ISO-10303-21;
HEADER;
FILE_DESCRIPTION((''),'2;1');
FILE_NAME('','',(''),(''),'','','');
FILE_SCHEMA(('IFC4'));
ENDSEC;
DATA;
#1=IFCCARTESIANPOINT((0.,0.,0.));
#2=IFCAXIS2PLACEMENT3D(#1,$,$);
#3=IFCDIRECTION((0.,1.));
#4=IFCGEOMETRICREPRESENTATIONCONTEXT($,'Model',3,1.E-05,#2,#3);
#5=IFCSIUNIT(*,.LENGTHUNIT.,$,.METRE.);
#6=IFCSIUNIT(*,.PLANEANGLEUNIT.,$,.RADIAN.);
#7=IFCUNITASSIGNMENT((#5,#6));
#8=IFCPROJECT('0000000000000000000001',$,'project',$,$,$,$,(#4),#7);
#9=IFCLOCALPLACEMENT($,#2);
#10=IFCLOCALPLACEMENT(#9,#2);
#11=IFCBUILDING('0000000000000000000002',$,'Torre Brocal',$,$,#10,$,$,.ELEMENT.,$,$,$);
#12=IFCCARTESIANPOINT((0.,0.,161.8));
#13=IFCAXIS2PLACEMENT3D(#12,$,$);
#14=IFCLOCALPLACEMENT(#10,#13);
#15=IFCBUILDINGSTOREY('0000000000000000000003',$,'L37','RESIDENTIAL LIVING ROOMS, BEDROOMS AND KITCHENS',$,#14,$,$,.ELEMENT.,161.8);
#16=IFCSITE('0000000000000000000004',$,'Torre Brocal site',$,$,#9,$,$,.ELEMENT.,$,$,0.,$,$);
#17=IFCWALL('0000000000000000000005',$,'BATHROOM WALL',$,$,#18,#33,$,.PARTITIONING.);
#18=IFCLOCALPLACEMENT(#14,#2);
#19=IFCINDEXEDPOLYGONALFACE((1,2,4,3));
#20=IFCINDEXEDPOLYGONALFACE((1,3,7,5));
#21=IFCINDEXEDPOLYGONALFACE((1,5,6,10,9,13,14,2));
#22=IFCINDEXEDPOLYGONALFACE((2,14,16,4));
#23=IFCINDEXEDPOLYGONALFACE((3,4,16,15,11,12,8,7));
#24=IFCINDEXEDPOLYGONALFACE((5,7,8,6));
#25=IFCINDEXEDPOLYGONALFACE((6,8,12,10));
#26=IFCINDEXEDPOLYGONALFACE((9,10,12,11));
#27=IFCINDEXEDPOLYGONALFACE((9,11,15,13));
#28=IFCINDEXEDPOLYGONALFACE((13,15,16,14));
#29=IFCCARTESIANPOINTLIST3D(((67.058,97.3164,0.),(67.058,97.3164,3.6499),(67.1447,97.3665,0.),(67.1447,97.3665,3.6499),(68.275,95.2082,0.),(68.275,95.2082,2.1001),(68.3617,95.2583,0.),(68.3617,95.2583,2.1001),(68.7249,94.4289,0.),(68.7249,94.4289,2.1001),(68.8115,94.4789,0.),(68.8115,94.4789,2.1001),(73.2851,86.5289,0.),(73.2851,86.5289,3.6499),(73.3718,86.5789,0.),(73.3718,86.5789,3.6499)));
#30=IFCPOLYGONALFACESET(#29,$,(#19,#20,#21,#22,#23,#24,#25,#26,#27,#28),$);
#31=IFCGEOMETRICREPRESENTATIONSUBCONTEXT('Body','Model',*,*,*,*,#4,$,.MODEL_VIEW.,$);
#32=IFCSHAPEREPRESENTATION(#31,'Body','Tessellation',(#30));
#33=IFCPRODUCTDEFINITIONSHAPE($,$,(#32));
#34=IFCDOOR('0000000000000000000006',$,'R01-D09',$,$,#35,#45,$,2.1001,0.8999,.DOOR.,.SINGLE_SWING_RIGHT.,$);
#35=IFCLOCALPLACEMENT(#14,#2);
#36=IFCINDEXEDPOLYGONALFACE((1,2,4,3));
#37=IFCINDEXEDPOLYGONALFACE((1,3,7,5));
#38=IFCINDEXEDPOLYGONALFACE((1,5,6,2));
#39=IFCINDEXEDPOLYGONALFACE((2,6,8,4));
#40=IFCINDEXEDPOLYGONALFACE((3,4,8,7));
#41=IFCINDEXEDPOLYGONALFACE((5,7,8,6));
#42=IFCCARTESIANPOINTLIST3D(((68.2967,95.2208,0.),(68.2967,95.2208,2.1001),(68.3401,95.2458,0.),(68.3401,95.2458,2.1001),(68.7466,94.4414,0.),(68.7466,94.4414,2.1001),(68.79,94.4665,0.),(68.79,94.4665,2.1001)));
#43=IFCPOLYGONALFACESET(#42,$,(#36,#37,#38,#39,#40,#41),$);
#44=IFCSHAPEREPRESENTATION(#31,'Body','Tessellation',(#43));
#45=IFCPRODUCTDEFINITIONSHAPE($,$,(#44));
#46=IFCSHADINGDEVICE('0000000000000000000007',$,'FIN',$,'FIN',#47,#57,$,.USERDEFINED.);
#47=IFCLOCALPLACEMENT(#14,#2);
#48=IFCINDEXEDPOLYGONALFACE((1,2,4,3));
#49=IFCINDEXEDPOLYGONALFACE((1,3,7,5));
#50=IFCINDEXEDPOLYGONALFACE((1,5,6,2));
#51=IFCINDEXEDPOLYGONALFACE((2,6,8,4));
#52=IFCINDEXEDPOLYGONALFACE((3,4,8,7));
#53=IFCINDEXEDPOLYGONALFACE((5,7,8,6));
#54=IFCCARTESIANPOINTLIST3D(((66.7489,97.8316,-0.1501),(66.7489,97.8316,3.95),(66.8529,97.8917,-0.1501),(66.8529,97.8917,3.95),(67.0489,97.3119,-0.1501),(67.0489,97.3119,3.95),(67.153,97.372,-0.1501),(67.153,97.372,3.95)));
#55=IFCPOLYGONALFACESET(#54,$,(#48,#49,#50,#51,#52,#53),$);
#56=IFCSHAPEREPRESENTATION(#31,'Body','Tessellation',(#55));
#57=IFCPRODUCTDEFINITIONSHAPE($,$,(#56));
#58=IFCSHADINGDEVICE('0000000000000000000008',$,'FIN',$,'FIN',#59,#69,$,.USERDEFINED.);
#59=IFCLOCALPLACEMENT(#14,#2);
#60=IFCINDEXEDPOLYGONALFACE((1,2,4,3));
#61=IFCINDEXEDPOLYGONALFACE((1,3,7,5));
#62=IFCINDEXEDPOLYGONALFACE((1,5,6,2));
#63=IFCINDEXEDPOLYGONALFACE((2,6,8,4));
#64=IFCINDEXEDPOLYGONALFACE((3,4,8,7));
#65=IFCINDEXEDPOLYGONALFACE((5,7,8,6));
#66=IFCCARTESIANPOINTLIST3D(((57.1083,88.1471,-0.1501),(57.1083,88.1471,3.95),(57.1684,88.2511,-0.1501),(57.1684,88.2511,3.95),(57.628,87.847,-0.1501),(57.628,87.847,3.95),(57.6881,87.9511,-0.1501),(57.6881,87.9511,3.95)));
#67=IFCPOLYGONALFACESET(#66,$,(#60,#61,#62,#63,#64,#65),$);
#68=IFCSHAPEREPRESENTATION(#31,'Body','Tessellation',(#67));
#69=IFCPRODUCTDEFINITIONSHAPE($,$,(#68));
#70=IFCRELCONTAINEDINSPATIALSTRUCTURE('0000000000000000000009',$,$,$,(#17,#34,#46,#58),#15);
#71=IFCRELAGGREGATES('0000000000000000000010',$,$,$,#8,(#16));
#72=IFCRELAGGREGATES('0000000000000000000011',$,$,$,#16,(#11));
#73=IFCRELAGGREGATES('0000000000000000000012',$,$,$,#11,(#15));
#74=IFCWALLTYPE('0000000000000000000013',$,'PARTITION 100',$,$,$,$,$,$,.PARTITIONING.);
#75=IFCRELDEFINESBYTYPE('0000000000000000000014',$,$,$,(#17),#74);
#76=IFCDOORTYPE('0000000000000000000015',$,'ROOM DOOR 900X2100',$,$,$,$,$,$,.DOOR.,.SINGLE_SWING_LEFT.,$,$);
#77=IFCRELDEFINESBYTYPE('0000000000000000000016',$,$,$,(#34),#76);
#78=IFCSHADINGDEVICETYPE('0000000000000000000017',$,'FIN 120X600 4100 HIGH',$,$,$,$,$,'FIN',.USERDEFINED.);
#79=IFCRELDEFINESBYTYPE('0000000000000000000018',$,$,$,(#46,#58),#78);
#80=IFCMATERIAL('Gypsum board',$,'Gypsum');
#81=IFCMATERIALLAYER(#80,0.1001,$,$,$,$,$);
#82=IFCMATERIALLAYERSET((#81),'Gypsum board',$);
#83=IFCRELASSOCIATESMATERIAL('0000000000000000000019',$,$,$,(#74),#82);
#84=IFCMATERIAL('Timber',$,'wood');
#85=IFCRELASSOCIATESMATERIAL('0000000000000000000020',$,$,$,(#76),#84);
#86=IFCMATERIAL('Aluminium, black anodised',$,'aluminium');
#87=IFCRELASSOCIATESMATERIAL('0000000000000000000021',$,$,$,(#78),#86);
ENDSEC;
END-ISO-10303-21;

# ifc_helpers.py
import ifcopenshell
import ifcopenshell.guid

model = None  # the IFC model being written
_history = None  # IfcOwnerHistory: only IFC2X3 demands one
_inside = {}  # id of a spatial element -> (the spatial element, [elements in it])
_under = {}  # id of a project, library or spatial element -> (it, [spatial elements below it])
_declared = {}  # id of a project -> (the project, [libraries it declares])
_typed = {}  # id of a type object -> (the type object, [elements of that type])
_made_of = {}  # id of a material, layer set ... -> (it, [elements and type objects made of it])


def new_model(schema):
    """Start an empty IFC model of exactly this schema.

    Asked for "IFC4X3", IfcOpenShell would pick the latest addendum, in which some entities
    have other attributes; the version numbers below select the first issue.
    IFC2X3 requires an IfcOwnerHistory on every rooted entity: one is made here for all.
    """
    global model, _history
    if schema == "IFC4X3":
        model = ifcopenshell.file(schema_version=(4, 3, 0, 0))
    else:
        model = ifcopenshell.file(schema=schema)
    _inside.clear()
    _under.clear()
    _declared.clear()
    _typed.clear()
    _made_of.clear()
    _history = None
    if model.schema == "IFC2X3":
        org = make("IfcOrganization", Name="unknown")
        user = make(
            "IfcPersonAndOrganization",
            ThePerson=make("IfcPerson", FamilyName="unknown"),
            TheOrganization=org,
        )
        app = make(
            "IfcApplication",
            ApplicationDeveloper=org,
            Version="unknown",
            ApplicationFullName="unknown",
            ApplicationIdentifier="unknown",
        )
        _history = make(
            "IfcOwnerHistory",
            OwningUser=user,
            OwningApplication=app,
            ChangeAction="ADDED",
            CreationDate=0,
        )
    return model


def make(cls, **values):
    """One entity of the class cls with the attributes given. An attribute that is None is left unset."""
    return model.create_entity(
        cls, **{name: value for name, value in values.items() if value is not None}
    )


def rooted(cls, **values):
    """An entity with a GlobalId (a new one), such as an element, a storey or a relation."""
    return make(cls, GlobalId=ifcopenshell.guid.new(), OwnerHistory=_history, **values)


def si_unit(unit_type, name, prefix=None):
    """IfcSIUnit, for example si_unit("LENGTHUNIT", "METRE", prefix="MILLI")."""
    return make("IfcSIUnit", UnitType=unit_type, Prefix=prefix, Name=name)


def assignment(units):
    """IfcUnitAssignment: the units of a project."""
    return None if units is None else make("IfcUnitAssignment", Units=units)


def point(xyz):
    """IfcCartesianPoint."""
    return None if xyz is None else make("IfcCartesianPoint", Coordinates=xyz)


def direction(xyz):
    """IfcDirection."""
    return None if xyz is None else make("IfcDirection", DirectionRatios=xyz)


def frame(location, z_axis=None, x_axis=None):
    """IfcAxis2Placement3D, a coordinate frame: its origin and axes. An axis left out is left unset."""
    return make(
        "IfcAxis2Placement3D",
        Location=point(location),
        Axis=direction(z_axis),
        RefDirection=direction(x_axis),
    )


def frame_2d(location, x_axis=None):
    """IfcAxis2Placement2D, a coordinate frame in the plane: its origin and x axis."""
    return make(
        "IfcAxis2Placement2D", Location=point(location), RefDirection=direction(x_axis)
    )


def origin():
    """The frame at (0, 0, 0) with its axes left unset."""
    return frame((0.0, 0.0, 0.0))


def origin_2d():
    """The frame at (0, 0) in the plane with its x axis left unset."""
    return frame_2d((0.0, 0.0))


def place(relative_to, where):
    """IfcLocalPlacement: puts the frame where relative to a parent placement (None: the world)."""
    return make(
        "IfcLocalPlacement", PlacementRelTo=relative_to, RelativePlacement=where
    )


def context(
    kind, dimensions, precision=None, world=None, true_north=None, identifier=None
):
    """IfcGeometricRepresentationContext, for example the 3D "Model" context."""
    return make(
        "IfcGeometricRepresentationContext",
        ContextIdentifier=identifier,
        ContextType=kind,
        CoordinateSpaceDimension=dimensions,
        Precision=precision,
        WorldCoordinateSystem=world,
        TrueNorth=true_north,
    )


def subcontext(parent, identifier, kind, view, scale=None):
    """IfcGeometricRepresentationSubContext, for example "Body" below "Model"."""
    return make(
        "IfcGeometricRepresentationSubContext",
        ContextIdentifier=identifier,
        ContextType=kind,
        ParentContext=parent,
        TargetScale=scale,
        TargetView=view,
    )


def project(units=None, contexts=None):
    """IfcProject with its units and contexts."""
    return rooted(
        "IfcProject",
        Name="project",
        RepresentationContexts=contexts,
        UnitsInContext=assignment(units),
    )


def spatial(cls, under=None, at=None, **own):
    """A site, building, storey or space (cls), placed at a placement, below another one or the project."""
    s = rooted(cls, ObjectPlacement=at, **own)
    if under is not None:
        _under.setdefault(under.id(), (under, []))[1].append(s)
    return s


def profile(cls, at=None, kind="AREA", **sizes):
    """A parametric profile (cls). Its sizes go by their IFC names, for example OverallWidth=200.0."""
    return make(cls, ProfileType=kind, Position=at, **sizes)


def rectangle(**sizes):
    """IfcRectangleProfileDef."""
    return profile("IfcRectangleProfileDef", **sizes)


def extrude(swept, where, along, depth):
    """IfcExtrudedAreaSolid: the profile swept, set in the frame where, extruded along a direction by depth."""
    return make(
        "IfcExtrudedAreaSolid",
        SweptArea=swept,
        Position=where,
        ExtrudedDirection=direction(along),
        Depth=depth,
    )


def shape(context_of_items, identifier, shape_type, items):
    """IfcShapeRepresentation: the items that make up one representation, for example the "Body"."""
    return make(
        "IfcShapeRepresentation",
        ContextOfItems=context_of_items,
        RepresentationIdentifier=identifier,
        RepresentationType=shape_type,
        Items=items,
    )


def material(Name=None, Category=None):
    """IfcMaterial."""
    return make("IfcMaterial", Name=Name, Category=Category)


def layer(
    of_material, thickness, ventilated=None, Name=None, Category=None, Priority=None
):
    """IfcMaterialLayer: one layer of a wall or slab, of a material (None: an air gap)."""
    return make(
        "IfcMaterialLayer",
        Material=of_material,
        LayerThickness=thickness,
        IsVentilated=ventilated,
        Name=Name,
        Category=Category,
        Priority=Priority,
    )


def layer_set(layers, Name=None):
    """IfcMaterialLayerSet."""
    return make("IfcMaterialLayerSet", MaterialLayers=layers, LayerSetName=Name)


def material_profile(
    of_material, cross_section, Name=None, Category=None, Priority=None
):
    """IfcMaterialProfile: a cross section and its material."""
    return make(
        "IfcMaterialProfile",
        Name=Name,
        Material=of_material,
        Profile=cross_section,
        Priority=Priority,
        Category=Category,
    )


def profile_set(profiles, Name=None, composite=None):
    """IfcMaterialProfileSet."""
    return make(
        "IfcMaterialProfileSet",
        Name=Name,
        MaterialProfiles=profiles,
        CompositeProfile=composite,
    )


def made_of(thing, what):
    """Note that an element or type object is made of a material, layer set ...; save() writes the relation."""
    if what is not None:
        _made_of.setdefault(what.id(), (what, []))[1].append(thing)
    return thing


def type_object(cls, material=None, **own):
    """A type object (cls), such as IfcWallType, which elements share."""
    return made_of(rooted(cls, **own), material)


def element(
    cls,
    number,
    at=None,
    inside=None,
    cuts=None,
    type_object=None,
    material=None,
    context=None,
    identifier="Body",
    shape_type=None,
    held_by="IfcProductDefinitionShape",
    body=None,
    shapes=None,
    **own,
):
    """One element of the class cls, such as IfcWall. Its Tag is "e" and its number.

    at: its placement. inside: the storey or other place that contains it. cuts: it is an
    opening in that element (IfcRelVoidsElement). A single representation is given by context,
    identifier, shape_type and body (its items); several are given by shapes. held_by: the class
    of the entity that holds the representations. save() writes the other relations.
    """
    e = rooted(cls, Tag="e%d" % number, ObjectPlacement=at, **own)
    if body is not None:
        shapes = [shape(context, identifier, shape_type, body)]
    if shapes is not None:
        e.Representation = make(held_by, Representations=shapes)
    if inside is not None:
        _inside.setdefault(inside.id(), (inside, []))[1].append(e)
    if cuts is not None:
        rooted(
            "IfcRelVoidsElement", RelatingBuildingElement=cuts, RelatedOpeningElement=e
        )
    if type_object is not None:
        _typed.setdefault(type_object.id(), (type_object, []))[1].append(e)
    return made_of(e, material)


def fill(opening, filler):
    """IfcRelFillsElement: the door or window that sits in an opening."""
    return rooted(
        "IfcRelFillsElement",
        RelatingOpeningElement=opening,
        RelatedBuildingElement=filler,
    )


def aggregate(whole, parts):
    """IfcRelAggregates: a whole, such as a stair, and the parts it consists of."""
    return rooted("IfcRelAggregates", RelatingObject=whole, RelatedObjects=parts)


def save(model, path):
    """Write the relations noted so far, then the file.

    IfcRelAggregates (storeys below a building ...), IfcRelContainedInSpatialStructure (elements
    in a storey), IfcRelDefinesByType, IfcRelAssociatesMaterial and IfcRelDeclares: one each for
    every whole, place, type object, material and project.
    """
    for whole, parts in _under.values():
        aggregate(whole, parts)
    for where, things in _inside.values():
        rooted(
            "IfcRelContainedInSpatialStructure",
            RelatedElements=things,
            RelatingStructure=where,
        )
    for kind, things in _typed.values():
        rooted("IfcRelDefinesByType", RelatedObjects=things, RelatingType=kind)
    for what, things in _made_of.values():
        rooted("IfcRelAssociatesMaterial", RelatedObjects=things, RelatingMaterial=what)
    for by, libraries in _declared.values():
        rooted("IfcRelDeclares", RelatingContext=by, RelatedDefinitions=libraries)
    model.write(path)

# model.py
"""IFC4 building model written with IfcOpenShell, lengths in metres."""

from ifc_helpers import new_model, si_unit, direction, frame, frame_2d, origin, origin_2d, place, context, subcontext, project, spatial, rectangle, extrude, material, layer, layer_set, material_profile, profile_set, type_object, element, fill, save


model = new_model("IFC4")

# Units and contexts
model_context = context("Model", 3, precision=1e-05, world=origin(), true_north=direction((0.0, 1.0)))
body_context = subcontext(model_context, "Body", "Model", "MODEL_VIEW")
ifc_project = project(units=[si_unit("LENGTHUNIT", "METRE"), si_unit("PLANEANGLEUNIT", "RADIAN")], contexts=[model_context])

# Site, building, storey
site_placement = place(None, origin())
site = spatial("IfcSite", under=ifc_project, at=site_placement, Name="Torre Brocal site", CompositionType="ELEMENT", RefElevation=0.0)
building_placement = place(site_placement, origin())
building = spatial("IfcBuilding", under=site, at=building_placement, Name="Torre Brocal", CompositionType="ELEMENT")
storey_placement = place(building_placement, frame((0.0, 0.0, 161.8)))
storey = spatial("IfcBuildingStorey", under=building, at=storey_placement, Name="L37", Description="RESIDENTIAL LIVING ROOMS, BEDROOMS AND KITCHENS", CompositionType="ELEMENT", Elevation=161.8)

# Shared definitions
ifc_material_1 = material(Name="Gypsum board", Category="Gypsum")
ifc_layer_1 = layer(ifc_material_1, 0.1001)
ifc_layer_set_1 = layer_set([ifc_layer_1], Name="Gypsum board")
wall_type_1 = type_object("IfcWallType", Name="PARTITION 100", PredefinedType="PARTITIONING", material=ifc_layer_set_1)

# Shared definitions
ifc_material_2 = material(Name="Timber", Category="wood")
door_type_1 = type_object("IfcDoorType", Name="ROOM DOOR 900X2100", OperationType="SINGLE_SWING_LEFT", PredefinedType="DOOR", material=ifc_material_2)

# Wall, opening, door
wall_1_placement = place(storey_placement, frame((67.1013, 97.3416, 0.0), z_axis=(0.0, 0.0, 1.0), x_axis=(0.499929, -0.866066, 0.0)))
wall_1 = element("IfcWall", 1, at=wall_1_placement, inside=storey, type_object=wall_type_1, Name="BATHROOM WALL", PredefinedType="PARTITIONING", context=body_context, shape_type="SweptSolid", body=[
    extrude(rectangle(XDim=12.4558, YDim=0.1001, at=frame_2d((6.228, 0.0))), origin(), (0.0, 0.0, 1.0), 3.6499),
])
opening_1_placement = place(wall_1_placement, frame((2.4343, 0.0, 0.0)))
opening_1 = element("IfcOpeningElement", 2, at=opening_1_placement, cuts=wall_1, PredefinedType="OPENING", context=body_context, shape_type="SweptSolid", body=[
    extrude(rectangle(XDim=0.8999, YDim=2.1001, at=frame_2d((0.45, 1.05))), frame((0.0, 0.0601, 0.0), z_axis=(0.0, -1.0, 0.0), x_axis=(1.0, 0.0, 0.0)), (0.0, 0.0, 1.0), 0.1201),
])
door_1_placement = place(opening_1_placement, frame((0.8999, 0.0, 0.0), z_axis=(0.0, 0.0, 1.0), x_axis=(-1.0, 0.0, 0.0)))
door_1 = element("IfcDoor", 3, at=door_1_placement, inside=storey, type_object=door_type_1, Name="R01-D09", OperationType="SINGLE_SWING_RIGHT", OverallHeight=2.1001, OverallWidth=0.8999, PredefinedType="DOOR", context=body_context, shape_type="SweptSolid", body=[
    extrude(rectangle(XDim=0.8999, YDim=2.1001, at=frame_2d((0.45, 1.05))), frame((0.0, 0.0249, 0.0), z_axis=(0.0, -1.0, 0.0), x_axis=(1.0, 0.0, 0.0)), (0.0, 0.0, 1.0), 0.05),
])
fill(opening_1, door_1)

# Shading devices
ifc_material_3 = material(Name="Aluminium, black anodised", Category="aluminium")
ifc_material_profile_1 = material_profile(ifc_material_3, rectangle(XDim=0.1201, YDim=0.6001, at=origin_2d()), Name="FIN 120X600 4100 HIGH")
ifc_profile_set_1 = profile_set([ifc_material_profile_1], Name="Aluminium, black anodised")
shading_device_type = type_object("IfcShadingDeviceType", Name="FIN 120X600 4100 HIGH", ElementType="FIN", PredefinedType="USERDEFINED", material=ifc_profile_set_1)
for number, where, z_axis, x_axis, name in (
    (4, (66.9509, 97.6018, -0.1501), (0.0, 0.0, 1.0), (-0.866025, -0.5, 0.0), "FIN"),
    (5, (57.3982, 88.0491, -0.1501), (0.0, 0.0, 1.0), (-0.5, -0.866025, 0.0), "FIN"),
):
    element("IfcShadingDevice", number, at=place(storey_placement, frame(where, z_axis=z_axis, x_axis=x_axis)), inside=storey, type_object=shading_device_type, Name=name, ObjectType="FIN", PredefinedType="USERDEFINED", context=body_context, shape_type="SweptSolid", body=[
        extrude(rectangle(XDim=0.1201, YDim=0.6001, at=origin_2d()), origin(), (0.0, 0.0, 1.0), 4.1001),
    ])

save(model, "model.ifc")
